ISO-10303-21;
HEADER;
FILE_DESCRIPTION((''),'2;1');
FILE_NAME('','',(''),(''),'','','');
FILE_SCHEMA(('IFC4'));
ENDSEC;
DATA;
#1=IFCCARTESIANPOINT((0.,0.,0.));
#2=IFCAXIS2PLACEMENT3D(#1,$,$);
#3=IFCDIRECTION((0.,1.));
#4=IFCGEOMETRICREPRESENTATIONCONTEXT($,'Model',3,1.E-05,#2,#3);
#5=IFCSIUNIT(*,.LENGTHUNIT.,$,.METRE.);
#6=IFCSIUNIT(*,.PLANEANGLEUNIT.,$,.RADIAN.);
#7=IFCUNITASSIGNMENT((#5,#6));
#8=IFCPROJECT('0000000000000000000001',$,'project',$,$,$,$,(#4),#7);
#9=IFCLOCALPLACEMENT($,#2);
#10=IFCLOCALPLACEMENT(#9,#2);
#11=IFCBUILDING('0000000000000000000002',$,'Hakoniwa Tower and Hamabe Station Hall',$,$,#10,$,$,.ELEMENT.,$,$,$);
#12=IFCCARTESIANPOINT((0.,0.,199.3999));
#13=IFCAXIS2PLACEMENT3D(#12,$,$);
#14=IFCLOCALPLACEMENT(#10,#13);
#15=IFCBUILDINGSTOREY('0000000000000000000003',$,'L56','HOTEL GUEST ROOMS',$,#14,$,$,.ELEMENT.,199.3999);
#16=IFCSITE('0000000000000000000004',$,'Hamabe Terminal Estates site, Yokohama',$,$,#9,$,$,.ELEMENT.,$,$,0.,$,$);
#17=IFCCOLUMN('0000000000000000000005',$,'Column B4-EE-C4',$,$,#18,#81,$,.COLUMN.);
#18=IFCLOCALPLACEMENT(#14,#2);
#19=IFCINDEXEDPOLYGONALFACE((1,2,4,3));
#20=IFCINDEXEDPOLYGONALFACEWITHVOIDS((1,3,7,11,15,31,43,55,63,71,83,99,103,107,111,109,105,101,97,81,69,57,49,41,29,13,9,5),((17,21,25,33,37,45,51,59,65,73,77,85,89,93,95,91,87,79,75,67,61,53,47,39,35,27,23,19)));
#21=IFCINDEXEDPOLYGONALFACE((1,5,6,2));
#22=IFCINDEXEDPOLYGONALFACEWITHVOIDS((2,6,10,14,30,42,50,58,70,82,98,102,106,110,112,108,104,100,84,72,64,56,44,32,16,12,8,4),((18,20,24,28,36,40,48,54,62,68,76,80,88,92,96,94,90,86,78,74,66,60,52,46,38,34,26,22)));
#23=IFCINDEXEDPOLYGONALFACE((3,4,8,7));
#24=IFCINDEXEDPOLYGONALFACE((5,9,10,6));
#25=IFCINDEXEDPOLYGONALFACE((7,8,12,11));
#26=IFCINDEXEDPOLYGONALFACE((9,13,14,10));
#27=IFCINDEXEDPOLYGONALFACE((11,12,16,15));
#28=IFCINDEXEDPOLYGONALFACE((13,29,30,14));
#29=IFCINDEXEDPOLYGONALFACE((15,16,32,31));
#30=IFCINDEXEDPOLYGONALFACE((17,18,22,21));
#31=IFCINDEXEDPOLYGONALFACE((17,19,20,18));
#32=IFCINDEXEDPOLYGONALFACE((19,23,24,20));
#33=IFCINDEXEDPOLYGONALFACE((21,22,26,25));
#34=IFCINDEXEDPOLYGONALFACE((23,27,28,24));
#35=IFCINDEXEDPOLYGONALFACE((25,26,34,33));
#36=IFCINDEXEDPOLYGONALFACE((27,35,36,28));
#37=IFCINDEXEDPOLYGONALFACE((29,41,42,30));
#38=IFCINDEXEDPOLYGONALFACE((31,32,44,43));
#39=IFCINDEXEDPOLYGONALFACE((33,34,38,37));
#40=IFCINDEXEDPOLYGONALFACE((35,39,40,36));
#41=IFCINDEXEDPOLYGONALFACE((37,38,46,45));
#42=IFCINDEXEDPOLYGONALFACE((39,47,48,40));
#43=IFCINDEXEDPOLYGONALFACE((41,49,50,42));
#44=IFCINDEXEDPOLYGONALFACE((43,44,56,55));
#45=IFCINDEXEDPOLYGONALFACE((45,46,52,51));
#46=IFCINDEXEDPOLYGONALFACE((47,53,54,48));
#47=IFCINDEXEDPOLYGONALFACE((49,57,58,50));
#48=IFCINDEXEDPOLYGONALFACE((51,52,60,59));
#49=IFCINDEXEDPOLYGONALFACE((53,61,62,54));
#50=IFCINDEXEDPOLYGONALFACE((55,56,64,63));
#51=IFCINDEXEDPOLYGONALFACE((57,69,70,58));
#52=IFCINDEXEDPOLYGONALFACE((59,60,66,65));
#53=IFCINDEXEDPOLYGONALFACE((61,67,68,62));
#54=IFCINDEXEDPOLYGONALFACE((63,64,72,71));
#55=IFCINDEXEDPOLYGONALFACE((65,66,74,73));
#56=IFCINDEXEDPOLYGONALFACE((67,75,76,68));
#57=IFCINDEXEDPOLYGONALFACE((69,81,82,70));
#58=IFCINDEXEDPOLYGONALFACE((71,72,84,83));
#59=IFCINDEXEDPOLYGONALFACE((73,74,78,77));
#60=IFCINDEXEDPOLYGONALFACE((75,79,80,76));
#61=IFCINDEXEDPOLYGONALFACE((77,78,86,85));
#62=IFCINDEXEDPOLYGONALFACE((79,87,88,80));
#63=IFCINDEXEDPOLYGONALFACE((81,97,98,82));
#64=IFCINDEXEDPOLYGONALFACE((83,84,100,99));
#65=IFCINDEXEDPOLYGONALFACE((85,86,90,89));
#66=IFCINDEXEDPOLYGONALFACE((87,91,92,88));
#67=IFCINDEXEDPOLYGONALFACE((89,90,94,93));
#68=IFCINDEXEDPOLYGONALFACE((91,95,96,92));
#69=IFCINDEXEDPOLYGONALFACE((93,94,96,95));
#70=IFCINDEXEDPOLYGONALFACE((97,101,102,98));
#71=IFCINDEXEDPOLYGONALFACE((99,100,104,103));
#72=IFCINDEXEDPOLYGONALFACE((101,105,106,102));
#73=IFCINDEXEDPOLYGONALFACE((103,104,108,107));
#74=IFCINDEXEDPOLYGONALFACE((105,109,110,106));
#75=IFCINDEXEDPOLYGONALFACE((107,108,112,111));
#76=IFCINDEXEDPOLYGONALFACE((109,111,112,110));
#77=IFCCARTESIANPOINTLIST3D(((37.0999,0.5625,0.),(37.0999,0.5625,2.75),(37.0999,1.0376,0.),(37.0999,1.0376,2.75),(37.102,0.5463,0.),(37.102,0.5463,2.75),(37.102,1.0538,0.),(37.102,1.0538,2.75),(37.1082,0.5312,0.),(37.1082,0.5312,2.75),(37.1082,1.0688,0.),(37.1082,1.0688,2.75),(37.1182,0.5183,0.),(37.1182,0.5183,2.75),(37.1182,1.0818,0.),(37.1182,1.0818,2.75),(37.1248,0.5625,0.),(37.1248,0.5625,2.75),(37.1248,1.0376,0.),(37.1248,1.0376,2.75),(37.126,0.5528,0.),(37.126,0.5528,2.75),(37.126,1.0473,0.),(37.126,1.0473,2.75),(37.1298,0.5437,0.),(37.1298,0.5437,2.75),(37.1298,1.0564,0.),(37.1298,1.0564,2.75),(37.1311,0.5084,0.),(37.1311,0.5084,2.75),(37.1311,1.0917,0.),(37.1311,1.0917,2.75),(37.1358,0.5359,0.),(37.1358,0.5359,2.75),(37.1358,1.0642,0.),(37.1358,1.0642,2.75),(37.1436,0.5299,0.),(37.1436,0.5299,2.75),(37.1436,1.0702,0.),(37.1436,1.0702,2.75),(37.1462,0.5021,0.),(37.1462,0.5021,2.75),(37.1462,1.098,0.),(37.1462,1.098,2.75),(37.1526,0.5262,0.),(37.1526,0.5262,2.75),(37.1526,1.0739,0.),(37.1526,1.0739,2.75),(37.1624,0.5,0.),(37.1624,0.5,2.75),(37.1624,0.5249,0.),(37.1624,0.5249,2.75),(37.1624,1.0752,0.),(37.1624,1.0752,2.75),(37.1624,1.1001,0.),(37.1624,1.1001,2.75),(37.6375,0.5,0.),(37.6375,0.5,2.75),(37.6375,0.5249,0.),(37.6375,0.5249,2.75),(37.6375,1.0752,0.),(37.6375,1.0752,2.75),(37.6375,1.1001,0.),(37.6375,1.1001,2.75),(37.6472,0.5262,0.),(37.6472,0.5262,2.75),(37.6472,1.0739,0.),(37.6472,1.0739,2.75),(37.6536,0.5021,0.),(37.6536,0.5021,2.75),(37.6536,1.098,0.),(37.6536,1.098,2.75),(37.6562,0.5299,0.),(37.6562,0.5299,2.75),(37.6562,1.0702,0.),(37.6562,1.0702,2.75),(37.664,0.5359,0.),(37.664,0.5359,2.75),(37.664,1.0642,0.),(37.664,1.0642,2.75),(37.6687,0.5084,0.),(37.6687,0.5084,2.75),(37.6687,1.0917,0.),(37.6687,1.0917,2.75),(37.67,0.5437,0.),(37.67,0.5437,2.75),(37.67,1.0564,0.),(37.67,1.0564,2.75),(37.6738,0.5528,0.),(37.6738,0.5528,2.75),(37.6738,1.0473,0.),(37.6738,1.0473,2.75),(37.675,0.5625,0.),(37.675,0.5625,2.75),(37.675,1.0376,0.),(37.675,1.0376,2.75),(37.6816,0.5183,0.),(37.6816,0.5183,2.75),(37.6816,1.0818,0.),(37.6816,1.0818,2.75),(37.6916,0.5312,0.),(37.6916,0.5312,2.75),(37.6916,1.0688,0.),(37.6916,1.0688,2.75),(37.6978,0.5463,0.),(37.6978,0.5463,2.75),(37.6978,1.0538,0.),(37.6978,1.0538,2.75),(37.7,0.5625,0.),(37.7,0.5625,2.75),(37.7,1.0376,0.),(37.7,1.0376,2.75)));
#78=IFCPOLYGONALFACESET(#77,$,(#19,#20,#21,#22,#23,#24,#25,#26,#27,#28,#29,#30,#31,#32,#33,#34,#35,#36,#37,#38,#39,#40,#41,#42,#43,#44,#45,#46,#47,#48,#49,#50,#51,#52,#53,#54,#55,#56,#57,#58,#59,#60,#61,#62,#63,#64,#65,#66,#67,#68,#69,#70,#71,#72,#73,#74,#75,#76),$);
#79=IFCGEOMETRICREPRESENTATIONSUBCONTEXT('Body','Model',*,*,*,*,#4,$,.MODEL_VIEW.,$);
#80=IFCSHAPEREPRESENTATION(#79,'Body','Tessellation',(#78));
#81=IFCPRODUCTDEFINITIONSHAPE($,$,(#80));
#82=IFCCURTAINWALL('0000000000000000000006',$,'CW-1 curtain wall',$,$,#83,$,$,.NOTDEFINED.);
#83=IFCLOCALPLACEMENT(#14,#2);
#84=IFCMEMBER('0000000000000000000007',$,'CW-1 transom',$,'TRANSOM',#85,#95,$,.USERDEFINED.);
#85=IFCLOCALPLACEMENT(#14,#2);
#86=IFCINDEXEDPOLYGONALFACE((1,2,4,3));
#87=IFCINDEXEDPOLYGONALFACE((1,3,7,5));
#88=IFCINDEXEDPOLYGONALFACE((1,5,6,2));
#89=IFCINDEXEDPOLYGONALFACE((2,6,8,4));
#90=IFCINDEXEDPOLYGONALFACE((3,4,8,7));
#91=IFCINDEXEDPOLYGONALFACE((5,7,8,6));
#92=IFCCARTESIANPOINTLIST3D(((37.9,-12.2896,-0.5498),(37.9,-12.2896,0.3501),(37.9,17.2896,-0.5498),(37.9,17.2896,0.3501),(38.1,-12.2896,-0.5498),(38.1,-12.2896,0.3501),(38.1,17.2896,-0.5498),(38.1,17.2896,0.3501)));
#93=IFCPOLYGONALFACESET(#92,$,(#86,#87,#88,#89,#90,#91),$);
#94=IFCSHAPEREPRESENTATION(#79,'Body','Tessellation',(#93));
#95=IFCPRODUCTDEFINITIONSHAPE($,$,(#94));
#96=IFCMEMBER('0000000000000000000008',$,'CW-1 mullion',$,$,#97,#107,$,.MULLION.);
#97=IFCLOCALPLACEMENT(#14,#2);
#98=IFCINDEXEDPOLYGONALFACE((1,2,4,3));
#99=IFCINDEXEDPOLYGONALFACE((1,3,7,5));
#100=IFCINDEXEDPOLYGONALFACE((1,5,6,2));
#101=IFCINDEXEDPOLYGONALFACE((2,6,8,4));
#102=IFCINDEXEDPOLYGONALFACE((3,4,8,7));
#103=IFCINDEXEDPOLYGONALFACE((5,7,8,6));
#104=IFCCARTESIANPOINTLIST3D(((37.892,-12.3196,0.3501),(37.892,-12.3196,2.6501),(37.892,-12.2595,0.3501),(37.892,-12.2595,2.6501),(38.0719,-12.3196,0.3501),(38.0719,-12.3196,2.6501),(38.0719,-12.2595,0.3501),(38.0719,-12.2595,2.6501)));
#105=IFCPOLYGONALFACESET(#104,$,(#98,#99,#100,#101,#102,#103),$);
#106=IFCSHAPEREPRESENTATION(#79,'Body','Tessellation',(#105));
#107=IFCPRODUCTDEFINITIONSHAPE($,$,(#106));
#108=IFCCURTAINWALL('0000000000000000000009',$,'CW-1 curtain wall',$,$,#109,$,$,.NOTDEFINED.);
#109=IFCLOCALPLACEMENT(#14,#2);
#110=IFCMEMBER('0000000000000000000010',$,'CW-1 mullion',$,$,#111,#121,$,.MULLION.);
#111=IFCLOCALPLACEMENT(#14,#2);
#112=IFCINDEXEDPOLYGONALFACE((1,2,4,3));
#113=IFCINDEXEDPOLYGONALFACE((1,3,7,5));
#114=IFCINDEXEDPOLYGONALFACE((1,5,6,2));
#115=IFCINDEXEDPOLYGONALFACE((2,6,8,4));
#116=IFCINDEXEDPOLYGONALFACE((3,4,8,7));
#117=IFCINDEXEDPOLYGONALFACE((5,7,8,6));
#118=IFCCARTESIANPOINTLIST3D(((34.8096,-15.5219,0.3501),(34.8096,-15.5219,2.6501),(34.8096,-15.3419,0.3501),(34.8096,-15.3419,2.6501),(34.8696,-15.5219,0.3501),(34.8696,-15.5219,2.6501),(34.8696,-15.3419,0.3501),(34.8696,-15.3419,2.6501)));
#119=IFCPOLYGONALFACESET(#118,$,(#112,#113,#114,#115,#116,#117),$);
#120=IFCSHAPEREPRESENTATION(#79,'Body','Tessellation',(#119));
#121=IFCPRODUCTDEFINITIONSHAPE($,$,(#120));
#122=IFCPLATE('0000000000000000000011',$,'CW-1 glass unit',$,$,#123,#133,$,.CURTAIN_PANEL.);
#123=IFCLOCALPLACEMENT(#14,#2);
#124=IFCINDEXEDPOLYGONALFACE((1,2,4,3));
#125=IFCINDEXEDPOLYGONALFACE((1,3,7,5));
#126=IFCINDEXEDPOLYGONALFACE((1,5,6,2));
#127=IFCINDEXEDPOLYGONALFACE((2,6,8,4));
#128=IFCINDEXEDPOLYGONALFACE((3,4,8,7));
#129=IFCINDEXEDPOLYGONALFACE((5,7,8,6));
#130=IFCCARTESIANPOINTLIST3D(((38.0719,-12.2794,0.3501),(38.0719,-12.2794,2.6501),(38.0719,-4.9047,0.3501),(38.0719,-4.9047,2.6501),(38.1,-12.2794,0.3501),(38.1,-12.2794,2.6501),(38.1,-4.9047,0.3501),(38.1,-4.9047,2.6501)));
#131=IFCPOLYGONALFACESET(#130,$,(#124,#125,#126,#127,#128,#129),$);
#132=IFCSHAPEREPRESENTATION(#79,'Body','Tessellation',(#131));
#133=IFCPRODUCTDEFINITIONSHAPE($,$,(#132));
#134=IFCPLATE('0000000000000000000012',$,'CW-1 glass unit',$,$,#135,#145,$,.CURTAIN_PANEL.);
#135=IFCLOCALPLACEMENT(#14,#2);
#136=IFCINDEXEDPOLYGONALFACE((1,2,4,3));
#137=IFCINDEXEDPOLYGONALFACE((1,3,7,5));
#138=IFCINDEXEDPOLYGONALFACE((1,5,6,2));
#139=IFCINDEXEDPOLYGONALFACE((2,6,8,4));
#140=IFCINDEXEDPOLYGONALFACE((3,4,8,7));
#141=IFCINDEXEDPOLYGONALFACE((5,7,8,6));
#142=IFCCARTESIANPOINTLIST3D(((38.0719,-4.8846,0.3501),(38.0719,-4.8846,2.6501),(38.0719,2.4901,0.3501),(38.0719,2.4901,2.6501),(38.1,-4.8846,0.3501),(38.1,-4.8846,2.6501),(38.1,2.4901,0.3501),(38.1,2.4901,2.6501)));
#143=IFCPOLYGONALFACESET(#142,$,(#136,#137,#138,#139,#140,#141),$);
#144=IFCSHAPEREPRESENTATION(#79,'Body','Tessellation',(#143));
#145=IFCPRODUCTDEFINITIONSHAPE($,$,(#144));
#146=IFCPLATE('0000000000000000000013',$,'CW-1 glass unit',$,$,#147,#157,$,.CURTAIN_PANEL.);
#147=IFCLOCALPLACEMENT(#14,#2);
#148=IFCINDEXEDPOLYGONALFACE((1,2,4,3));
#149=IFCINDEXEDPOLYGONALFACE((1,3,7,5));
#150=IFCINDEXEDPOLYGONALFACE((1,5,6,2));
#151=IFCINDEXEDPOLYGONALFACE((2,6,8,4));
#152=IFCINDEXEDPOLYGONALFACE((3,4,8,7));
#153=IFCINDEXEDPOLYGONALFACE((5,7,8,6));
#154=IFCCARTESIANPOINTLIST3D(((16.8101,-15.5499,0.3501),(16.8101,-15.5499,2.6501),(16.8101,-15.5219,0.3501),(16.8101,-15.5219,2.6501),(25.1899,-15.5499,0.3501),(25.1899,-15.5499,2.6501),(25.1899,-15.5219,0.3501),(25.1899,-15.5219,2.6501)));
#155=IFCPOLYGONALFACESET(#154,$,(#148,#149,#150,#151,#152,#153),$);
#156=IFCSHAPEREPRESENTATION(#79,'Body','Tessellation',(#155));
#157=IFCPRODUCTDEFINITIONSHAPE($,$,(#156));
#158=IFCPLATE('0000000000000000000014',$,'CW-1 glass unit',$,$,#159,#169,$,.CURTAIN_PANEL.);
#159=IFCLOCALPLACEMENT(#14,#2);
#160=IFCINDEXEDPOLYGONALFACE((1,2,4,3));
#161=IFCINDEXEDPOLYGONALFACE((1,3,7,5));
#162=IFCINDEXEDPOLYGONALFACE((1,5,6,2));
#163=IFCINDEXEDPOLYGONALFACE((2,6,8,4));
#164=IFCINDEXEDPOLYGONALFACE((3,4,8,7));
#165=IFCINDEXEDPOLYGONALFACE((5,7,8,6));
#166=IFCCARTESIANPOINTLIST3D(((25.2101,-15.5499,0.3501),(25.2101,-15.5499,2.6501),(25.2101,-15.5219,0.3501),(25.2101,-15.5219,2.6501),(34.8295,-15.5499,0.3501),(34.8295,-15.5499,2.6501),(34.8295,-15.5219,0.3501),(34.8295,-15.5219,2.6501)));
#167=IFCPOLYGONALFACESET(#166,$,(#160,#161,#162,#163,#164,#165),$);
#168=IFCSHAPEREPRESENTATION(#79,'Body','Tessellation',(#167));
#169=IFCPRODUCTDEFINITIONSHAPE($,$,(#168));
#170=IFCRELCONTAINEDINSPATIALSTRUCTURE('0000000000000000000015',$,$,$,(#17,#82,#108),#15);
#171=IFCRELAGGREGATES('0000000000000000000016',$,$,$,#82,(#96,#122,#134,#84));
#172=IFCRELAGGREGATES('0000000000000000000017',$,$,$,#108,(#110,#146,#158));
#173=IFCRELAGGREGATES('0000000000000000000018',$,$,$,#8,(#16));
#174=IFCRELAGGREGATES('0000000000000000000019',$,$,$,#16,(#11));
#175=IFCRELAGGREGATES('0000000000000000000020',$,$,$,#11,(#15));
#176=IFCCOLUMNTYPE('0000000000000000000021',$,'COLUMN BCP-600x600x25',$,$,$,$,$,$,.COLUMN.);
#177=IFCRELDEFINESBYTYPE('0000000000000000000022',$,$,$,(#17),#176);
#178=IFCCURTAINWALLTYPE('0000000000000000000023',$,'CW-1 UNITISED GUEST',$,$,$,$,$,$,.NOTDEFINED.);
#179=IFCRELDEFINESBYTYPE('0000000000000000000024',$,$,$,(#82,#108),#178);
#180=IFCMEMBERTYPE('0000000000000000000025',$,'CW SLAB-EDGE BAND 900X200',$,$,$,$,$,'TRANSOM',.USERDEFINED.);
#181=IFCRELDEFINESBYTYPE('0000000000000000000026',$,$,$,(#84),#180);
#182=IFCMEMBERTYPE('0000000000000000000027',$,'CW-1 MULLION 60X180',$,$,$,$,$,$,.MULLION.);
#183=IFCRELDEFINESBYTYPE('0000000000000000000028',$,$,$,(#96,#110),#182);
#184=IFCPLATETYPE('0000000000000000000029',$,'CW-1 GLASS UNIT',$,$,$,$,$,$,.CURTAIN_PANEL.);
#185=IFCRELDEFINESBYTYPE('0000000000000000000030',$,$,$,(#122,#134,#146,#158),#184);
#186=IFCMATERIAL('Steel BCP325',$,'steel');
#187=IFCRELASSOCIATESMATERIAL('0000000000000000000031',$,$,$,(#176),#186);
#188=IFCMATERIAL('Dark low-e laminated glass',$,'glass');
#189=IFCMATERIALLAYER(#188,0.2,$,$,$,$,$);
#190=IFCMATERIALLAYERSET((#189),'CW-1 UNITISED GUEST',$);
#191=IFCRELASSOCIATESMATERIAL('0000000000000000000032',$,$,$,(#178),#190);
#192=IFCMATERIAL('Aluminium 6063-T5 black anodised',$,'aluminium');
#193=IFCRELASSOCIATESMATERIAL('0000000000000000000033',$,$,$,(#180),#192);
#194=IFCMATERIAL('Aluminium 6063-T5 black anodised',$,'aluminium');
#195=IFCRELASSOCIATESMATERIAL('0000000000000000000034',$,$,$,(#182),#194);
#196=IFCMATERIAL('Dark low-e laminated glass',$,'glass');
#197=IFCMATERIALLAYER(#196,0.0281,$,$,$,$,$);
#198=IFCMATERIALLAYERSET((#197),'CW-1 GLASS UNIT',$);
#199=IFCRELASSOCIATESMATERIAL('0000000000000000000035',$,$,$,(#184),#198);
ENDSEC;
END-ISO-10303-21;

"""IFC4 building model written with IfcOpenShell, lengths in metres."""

from ifc_helpers import new_model, si_unit, direction, frame, origin, origin_2d, place, context, subcontext, project, spatial, rectangle, hollow_rectangle, extrude, material, layer, layer_set, material_profile, profile_set, type_object, element, aggregate, save


model = new_model("IFC4")

# Units and contexts
model_context = context("Model", 3, precision=1e-05, world=origin(), true_north=direction((0.0, 1.0)))
body_context = subcontext(model_context, "Body", "Model", "MODEL_VIEW")
ifc_project = project(units=[si_unit("LENGTHUNIT", "METRE"), si_unit("PLANEANGLEUNIT", "RADIAN")], contexts=[model_context])

# Site, building, storey
site_placement = place(None, origin())
site = spatial("IfcSite", under=ifc_project, at=site_placement, Name="Hamabe Terminal Estates site, Yokohama", CompositionType="ELEMENT", RefElevation=0.0)
building_placement = place(site_placement, origin())
building = spatial("IfcBuilding", under=site, at=building_placement, Name="Hakoniwa Tower and Hamabe Station Hall", CompositionType="ELEMENT")
storey_placement = place(building_placement, frame((0.0, 0.0, 199.3999)))
storey = spatial("IfcBuildingStorey", under=building, at=storey_placement, Name="L56", Description="HOTEL GUEST ROOMS", CompositionType="ELEMENT", Elevation=199.3999)

# Column
ifc_material_1 = material(Name="Steel BCP325", Category="steel")
ifc_material_profile_1 = material_profile(ifc_material_1, hollow_rectangle(XDim=0.6001, YDim=0.6001, WallThickness=0.0249, InnerFilletRadius=0.0376, OuterFilletRadius=0.0625, at=origin_2d()), Name="BCP-600x600x25")
ifc_profile_set_1 = profile_set([ifc_material_profile_1], Name="Steel BCP325")
column_type = type_object("IfcColumnType", Name="COLUMN BCP-600x600x25", PredefinedType="COLUMN", material=ifc_profile_set_1)
for number, where, z_axis, x_axis, name in (
    (1, (37.3999, 0.8, 0.0), (0.0, 0.0, 1.0), (1.0, 0.0, 0.0), "Column B4-EE-C4"),
):
    element("IfcColumn", number, at=place(storey_placement, frame(where, z_axis=z_axis, x_axis=x_axis)), inside=storey, type_object=column_type, Name=name, PredefinedType="COLUMN", context=body_context, shape_type="SweptSolid", body=[
        extrude(hollow_rectangle(XDim=0.6001, YDim=0.6001, WallThickness=0.0249, InnerFilletRadius=0.0376, OuterFilletRadius=0.0625, at=origin_2d()), origin(), (0.0, 0.0, 1.0), 2.75),
    ])

# Curtain wall, members
ifc_material_2 = material(Name="Dark low-e laminated glass", Category="glass")
ifc_layer_1 = layer(ifc_material_2, 0.2)
ifc_layer_set_1 = layer_set([ifc_layer_1], Name="CW-1 UNITISED GUEST")
curtain_wall_type = type_object("IfcCurtainWallType", Name="CW-1 UNITISED GUEST", PredefinedType="NOTDEFINED", material=ifc_layer_set_1)
curtain_wall_1_placement = place(storey_placement, origin())
curtain_wall_1 = element("IfcCurtainWall", 2, at=curtain_wall_1_placement, inside=storey, type_object=curtain_wall_type, Name="CW-1 curtain wall", PredefinedType="NOTDEFINED")
ifc_material_3 = material(Name="Aluminium 6063-T5 black anodised", Category="aluminium")
ifc_material_profile_2 = material_profile(ifc_material_3, rectangle(XDim=0.2, YDim=0.8999, at=origin_2d()), Name="CW SLAB-EDGE BAND 900X200")
ifc_profile_set_2 = profile_set([ifc_material_profile_2], Name="Aluminium 6063-T5 black anodised")
member_type_1 = type_object("IfcMemberType", Name="CW SLAB-EDGE BAND 900X200", ElementType="TRANSOM", PredefinedType="USERDEFINED", material=ifc_profile_set_2)
member_1_placement = place(storey_placement, frame((38.0, -12.2896, -0.0999), z_axis=(0.0, 1.0, 0.0), x_axis=(-1.0, 0.0, 0.0)))
member_1 = element("IfcMember", 3, at=member_1_placement, type_object=member_type_1, Name="CW-1 transom", ObjectType="TRANSOM", PredefinedType="USERDEFINED", context=body_context, shape_type="SweptSolid", body=[
    extrude(rectangle(XDim=0.2, YDim=0.8999, at=origin_2d()), origin(), (0.0, 0.0, 1.0), 29.5791),
])
ifc_material_4 = material(Name="Aluminium 6063-T5 black anodised", Category="aluminium")
ifc_material_profile_3 = material_profile(ifc_material_4, rectangle(XDim=0.0601, YDim=0.1799, at=origin_2d()), Name="CW-1 MULLION 60X180")
ifc_profile_set_3 = profile_set([ifc_material_profile_3], Name="Aluminium 6063-T5 black anodised")
member_type_2 = type_object("IfcMemberType", Name="CW-1 MULLION 60X180", PredefinedType="MULLION", material=ifc_profile_set_3)
member_2_placement = place(storey_placement, frame((37.9819, -12.2896, 0.3501), z_axis=(0.0, 0.0, 1.0), x_axis=(0.0, 1.0, 0.0)))
member_2 = element("IfcMember", 4, at=member_2_placement, type_object=member_type_2, Name="CW-1 mullion", PredefinedType="MULLION", context=body_context, shape_type="SweptSolid", body=[
    extrude(rectangle(XDim=0.0601, YDim=0.1799, at=origin_2d()), origin(), (0.0, 0.0, 1.0), 2.3),
])

# Curtain wall, member
curtain_wall_2_placement = place(storey_placement, origin())
curtain_wall_2 = element("IfcCurtainWall", 5, at=curtain_wall_2_placement, inside=storey, type_object=curtain_wall_type, Name="CW-1 curtain wall", PredefinedType="NOTDEFINED")
member_3_placement = place(storey_placement, frame((34.8396, -15.4319, 0.3501), z_axis=(0.0, 0.0, 1.0), x_axis=(1.0, 0.0, 0.0)))
member_3 = element("IfcMember", 6, at=member_3_placement, type_object=member_type_2, Name="CW-1 mullion", PredefinedType="MULLION", context=body_context, shape_type="SweptSolid", body=[
    extrude(rectangle(XDim=0.0601, YDim=0.1799, at=origin_2d()), origin(), (0.0, 0.0, 1.0), 2.3),
])

# Plates
ifc_material_5 = material(Name="Dark low-e laminated glass", Category="glass")
ifc_layer_2 = layer(ifc_material_5, 0.0281)
ifc_layer_set_2 = layer_set([ifc_layer_2], Name="CW-1 GLASS UNIT")
plate_type = type_object("IfcPlateType", Name="CW-1 GLASS UNIT", PredefinedType="CURTAIN_PANEL", material=ifc_layer_set_2)
plate_1_placement = place(storey_placement, frame((38.0859, -8.592, 0.3501), z_axis=(0.0, 0.0, 1.0), x_axis=(0.0, 1.0, 0.0)))
plate_1 = element("IfcPlate", 7, at=plate_1_placement, type_object=plate_type, Name="CW-1 glass unit", PredefinedType="CURTAIN_PANEL", context=body_context, shape_type="SweptSolid", body=[
    extrude(rectangle(XDim=7.3748, YDim=0.0281, at=origin_2d()), origin(), (0.0, 0.0, 1.0), 2.3),
])
plate_2_placement = place(storey_placement, frame((38.0859, -1.1973, 0.3501), z_axis=(0.0, 0.0, 1.0), x_axis=(0.0, 1.0, 0.0)))
plate_2 = element("IfcPlate", 8, at=plate_2_placement, type_object=plate_type, Name="CW-1 glass unit", PredefinedType="CURTAIN_PANEL", context=body_context, shape_type="SweptSolid", body=[
    extrude(rectangle(XDim=7.3748, YDim=0.0281, at=origin_2d()), origin(), (0.0, 0.0, 1.0), 2.3),
])
aggregate(curtain_wall_1, [member_2, plate_1, plate_2, member_1])
plate_3_placement = place(storey_placement, frame((21.0, -15.5359, 0.3501), z_axis=(0.0, 0.0, 1.0), x_axis=(1.0, 0.0, 0.0)))
plate_3 = element("IfcPlate", 9, at=plate_3_placement, type_object=plate_type, Name="CW-1 glass unit", PredefinedType="CURTAIN_PANEL", context=body_context, shape_type="SweptSolid", body=[
    extrude(rectangle(XDim=8.3799, YDim=0.0281, at=origin_2d()), origin(), (0.0, 0.0, 1.0), 2.3),
])
plate_4_placement = place(storey_placement, frame((30.0198, -15.5359, 0.3501), z_axis=(0.0, 0.0, 1.0), x_axis=(1.0, 0.0, 0.0)))
plate_4 = element("IfcPlate", 10, at=plate_4_placement, type_object=plate_type, Name="CW-1 glass unit", PredefinedType="CURTAIN_PANEL", context=body_context, shape_type="SweptSolid", body=[
    extrude(rectangle(XDim=9.6194, YDim=0.0281, at=origin_2d()), origin(), (0.0, 0.0, 1.0), 2.3),
])
aggregate(curtain_wall_2, [member_3, plate_3, plate_4])

save(model, "model.ifc")
